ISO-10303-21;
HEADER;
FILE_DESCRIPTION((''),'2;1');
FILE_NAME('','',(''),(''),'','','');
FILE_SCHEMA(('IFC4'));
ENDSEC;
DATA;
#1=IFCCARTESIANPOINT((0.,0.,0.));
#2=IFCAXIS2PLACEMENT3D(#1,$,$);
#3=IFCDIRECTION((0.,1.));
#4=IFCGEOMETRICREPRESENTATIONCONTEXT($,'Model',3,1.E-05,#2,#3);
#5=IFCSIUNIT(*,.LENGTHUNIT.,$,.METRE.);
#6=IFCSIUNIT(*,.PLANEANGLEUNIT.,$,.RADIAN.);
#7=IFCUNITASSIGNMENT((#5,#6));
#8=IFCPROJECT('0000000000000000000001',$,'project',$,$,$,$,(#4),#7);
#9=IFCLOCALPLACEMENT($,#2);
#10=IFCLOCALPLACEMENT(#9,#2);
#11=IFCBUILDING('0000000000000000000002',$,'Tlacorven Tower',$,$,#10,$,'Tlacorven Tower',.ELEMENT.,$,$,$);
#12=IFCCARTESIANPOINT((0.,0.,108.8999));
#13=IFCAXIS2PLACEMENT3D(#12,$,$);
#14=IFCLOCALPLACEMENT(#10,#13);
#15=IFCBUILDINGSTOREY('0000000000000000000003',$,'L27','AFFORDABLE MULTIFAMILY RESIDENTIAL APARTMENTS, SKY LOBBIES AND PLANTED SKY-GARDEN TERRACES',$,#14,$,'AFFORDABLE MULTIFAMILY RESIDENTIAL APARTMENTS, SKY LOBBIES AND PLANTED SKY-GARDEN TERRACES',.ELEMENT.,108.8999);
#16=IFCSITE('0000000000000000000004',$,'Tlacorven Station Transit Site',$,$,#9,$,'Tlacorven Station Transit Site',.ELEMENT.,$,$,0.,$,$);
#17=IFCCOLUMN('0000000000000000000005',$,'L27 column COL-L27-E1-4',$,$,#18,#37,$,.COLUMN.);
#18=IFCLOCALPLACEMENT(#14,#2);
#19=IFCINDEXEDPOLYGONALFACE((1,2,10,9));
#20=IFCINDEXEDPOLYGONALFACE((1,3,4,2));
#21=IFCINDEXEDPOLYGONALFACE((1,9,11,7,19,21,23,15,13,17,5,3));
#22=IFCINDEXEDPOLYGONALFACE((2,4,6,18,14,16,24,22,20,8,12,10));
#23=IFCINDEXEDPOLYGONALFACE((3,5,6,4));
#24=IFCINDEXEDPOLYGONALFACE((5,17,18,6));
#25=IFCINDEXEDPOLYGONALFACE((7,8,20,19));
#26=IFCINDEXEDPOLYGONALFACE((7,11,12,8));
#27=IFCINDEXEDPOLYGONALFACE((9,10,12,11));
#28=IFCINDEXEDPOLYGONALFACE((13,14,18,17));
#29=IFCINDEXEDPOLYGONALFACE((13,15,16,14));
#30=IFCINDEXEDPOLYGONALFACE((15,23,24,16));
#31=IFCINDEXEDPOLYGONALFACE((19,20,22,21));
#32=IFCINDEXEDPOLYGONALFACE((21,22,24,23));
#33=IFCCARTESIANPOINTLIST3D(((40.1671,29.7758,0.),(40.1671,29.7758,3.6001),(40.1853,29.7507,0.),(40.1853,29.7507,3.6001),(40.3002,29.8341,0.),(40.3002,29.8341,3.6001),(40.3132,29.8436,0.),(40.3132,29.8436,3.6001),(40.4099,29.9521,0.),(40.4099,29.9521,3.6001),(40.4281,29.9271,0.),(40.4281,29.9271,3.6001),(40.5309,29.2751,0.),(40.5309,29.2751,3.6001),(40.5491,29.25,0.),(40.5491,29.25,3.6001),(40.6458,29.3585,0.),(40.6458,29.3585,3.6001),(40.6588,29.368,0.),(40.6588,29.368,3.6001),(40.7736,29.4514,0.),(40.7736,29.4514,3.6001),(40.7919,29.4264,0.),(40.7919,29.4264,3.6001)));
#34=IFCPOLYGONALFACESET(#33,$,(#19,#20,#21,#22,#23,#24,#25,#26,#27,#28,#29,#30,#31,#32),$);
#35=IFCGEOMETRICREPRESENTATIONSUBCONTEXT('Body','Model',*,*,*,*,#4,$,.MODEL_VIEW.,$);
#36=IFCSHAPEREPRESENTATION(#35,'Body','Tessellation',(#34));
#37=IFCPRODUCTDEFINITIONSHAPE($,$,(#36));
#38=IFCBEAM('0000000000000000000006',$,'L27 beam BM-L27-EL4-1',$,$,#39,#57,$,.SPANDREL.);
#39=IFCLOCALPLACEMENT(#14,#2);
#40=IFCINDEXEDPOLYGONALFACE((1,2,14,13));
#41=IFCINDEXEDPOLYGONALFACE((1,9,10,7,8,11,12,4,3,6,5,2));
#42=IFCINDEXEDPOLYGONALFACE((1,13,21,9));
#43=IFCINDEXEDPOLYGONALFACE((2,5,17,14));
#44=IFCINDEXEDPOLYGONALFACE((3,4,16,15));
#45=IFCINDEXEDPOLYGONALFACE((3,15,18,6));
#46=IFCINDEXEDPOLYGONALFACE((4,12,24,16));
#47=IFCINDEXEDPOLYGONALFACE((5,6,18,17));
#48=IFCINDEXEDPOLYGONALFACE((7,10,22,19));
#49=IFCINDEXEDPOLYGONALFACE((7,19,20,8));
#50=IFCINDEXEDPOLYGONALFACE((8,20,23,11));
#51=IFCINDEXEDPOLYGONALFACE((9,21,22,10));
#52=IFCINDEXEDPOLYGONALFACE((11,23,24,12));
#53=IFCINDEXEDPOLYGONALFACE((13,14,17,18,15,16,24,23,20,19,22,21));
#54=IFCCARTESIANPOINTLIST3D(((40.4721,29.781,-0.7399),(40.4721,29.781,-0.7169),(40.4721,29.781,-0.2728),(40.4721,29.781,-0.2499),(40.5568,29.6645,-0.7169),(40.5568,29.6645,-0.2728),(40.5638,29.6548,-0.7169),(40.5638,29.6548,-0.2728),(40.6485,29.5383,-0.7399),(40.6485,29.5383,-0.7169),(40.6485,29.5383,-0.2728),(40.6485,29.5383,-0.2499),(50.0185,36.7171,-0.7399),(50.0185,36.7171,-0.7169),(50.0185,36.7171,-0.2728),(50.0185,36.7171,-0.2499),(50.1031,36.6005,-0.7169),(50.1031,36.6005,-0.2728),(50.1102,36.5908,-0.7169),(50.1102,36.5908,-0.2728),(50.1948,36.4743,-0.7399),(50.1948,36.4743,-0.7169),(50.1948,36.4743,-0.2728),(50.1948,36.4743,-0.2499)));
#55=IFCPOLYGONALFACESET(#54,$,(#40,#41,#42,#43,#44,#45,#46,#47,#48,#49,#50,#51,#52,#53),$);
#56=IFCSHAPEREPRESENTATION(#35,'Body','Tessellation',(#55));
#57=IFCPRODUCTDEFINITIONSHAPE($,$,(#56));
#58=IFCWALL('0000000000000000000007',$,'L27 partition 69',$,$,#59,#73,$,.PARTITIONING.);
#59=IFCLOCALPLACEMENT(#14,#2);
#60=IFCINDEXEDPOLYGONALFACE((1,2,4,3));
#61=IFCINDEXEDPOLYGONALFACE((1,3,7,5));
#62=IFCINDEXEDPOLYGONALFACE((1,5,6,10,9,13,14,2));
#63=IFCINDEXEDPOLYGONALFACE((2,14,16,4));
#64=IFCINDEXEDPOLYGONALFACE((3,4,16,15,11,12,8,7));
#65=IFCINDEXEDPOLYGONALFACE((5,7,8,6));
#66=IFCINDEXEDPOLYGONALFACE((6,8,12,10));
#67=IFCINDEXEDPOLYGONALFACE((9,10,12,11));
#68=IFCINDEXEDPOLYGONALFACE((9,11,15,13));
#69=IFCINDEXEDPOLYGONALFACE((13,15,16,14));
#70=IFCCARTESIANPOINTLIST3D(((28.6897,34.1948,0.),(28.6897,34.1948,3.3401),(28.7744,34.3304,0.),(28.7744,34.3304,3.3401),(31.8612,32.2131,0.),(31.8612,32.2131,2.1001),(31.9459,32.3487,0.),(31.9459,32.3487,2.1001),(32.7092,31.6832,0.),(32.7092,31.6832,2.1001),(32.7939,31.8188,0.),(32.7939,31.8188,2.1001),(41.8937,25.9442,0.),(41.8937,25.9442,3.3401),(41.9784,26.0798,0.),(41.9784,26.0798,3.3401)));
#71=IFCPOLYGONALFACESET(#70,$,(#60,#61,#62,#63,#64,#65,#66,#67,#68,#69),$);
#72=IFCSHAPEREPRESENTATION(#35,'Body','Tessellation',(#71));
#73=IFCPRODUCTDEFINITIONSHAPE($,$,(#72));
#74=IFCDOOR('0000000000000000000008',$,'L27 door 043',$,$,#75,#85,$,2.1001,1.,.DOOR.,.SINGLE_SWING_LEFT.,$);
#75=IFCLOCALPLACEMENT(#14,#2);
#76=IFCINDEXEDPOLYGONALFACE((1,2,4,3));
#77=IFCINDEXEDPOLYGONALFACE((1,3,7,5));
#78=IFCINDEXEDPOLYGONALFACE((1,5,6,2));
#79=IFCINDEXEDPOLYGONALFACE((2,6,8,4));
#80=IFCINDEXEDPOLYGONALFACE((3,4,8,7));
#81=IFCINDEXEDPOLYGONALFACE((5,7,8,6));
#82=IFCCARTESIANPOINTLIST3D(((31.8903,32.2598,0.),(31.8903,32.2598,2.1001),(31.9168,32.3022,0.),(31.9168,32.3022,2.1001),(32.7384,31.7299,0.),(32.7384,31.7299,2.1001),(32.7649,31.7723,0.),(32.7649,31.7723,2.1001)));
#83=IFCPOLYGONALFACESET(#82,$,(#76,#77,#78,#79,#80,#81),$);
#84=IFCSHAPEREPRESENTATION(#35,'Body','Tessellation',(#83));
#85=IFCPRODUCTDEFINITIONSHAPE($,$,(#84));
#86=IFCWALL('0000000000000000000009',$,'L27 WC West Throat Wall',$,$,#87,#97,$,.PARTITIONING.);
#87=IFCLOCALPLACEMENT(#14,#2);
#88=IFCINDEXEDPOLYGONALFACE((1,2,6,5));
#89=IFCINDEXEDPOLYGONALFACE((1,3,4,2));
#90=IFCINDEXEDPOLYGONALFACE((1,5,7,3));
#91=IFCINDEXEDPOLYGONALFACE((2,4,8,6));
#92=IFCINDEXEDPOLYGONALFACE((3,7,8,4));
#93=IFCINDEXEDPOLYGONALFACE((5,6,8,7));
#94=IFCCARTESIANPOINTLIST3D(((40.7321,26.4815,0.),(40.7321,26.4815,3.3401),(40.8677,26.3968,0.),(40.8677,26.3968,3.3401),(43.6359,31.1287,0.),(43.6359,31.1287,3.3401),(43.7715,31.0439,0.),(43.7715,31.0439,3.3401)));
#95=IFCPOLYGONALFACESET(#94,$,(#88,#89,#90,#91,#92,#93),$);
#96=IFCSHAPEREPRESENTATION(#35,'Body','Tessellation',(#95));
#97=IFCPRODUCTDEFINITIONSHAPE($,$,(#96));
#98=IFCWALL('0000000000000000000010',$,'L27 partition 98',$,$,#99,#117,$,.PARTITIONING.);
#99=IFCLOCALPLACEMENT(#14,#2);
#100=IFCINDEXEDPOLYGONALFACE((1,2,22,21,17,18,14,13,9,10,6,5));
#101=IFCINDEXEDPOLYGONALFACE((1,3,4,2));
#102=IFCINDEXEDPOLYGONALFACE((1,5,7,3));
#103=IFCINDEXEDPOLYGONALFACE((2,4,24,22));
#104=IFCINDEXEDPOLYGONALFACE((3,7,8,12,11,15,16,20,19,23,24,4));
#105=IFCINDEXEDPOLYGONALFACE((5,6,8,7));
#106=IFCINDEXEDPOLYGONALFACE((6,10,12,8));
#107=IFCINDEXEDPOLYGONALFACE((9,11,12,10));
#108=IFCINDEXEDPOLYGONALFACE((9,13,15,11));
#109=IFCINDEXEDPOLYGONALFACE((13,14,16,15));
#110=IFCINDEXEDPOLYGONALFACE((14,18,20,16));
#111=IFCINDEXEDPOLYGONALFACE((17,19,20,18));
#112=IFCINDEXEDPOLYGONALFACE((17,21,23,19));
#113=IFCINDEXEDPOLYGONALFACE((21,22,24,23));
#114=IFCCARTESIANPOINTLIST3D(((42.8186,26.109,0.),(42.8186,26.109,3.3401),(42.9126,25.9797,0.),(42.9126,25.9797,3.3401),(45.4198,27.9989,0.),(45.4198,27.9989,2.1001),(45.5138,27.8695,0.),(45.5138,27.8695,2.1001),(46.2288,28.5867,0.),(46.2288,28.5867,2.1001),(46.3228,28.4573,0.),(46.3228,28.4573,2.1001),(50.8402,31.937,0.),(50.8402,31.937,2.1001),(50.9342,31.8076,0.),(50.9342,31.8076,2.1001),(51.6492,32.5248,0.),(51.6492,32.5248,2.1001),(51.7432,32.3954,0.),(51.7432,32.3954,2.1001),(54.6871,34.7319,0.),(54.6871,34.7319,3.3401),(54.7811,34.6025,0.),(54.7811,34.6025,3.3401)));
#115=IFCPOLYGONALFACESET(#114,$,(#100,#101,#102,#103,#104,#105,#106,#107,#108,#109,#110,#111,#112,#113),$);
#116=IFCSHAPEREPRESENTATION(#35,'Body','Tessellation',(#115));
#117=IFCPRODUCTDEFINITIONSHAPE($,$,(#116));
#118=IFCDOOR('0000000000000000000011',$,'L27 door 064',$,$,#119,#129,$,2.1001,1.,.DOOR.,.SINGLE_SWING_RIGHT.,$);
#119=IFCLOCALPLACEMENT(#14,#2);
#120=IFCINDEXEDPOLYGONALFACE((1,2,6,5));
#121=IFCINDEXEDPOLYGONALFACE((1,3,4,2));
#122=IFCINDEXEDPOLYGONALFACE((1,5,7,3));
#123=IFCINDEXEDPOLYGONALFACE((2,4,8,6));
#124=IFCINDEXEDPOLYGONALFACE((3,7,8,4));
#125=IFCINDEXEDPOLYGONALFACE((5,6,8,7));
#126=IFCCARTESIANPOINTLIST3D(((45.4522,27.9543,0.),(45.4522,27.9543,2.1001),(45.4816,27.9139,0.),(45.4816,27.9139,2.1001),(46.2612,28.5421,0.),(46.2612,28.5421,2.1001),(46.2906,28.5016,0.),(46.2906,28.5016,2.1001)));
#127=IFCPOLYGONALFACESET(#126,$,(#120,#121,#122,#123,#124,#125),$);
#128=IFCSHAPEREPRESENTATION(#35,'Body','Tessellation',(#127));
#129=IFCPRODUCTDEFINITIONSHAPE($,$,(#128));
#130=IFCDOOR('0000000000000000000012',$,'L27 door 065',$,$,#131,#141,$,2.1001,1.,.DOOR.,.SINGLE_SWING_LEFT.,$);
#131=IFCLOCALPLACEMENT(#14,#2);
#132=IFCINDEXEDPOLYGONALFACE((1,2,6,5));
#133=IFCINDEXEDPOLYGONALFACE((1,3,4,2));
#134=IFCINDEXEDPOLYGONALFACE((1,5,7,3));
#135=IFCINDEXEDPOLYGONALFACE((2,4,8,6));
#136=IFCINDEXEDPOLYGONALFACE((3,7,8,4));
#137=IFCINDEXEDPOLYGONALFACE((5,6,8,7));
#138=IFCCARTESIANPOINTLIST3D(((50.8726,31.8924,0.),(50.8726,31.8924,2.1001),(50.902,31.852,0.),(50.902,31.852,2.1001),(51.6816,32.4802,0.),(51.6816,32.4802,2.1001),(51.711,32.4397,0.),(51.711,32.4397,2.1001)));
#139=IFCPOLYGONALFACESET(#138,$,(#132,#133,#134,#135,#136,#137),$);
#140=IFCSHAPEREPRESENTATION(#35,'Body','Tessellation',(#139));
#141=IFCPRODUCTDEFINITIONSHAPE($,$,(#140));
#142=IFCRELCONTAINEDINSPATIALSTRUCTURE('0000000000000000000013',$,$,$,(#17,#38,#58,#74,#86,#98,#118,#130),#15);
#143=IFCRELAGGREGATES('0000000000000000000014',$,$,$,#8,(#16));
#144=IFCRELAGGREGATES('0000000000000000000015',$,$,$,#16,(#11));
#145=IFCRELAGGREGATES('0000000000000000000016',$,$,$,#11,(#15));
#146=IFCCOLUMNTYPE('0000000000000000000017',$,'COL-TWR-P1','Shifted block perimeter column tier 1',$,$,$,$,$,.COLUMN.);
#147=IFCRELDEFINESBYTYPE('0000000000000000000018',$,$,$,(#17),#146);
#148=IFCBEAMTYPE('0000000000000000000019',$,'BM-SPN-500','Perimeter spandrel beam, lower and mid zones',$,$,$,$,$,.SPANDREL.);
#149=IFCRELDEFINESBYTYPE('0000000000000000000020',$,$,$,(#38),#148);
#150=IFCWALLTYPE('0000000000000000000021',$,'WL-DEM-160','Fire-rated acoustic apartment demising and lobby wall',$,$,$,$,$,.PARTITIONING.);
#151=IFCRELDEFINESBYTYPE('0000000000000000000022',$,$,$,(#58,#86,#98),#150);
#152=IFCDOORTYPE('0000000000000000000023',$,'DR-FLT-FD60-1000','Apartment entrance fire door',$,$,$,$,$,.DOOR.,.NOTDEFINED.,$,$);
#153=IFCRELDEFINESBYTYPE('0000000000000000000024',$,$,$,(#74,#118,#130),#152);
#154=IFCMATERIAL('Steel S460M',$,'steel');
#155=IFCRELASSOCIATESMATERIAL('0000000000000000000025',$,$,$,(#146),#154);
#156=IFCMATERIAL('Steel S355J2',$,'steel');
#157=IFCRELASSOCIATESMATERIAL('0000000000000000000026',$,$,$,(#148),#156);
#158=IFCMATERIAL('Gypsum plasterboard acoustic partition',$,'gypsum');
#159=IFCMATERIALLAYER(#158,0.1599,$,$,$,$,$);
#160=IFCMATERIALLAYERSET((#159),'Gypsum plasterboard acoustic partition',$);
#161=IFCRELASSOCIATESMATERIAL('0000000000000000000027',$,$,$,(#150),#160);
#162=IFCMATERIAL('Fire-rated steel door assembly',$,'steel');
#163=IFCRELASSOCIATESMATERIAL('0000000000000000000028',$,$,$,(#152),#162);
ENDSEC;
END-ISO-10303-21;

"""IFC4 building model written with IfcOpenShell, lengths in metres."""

from ifc_helpers import new_model, si_unit, direction, frame, frame_2d, origin, origin_2d, place, context, subcontext, project, spatial, rectangle, i_section, extrude, source, transform, mapped, material, layer, layer_set, material_profile, profile_set, type_object, element, fill, save


model = new_model("IFC4")

# Units and contexts
model_context = context("Model", 3, precision=1e-05, world=origin(), true_north=direction((0.0, 1.0)))
body_context = subcontext(model_context, "Body", "Model", "MODEL_VIEW")
ifc_project = project(units=[si_unit("LENGTHUNIT", "METRE"), si_unit("PLANEANGLEUNIT", "RADIAN")], contexts=[model_context])

# Site, building, storey
site_placement = place(None, origin())
site = spatial("IfcSite", under=ifc_project, at=site_placement, Name="Tlacorven Station Transit Site", LongName="Tlacorven Station Transit Site", CompositionType="ELEMENT", RefElevation=0.0)
building_placement = place(site_placement, origin())
building = spatial("IfcBuilding", under=site, at=building_placement, Name="Tlacorven Tower", LongName="Tlacorven Tower", CompositionType="ELEMENT")
storey_placement = place(building_placement, frame((0.0, 0.0, 108.8999)))
storey = spatial("IfcBuildingStorey", under=building, at=storey_placement, Name="L27", Description="AFFORDABLE MULTIFAMILY RESIDENTIAL APARTMENTS, SKY LOBBIES AND PLANTED SKY-GARDEN TERRACES", LongName="AFFORDABLE MULTIFAMILY RESIDENTIAL APARTMENTS, SKY LOBBIES AND PLANTED SKY-GARDEN TERRACES", CompositionType="ELEMENT", Elevation=108.8999)

# Column
ifc_material_1 = material(Name="Steel S460M", Category="steel")
ifc_material_profile_1 = material_profile(ifc_material_1, i_section(OverallWidth=0.3, OverallDepth=0.6499, WebThickness=0.0161, FlangeThickness=0.031, at=origin_2d()), Name="HEB 650")
ifc_profile_set_1 = profile_set([ifc_material_profile_1], Name="Steel S460M")
column_type = type_object("IfcColumnType", Name="COL-TWR-P1", Description="Shifted block perimeter column tier 1", PredefinedType="COLUMN", material=ifc_profile_set_1)
shared_shape_1 = source(origin(), body_context, "Body", "SweptSolid", [
    extrude(i_section(OverallWidth=0.3, OverallDepth=0.6499, WebThickness=0.0161, FlangeThickness=0.031, at=origin_2d()), origin(), (0.0, 0.0, 1.0), 3.6001),
])
column_placement = place(storey_placement, frame((40.4795, 29.6011, 0.0), z_axis=(0.0, 0.0, 1.0), x_axis=(0.809017, 0.587785, 0.0)))
element("IfcColumn", 1, at=column_placement, inside=storey, type_object=column_type, Name="L27 column COL-L27-E1-4", PredefinedType="COLUMN", context=body_context, shape_type="MappedRepresentation", body=[
    mapped(shared_shape_1, transform((0.0, 0.0, 0.0), scale=1.0)),
])

# Beam
ifc_material_2 = material(Name="Steel S355J2", Category="steel")
ifc_material_profile_2 = material_profile(ifc_material_2, i_section(OverallWidth=0.3, OverallDepth=0.49, WebThickness=0.012, FlangeThickness=0.0229, at=origin_2d()), Name="HEA 500")
ifc_profile_set_2 = profile_set([ifc_material_profile_2], Name="Steel S355J2")
beam_type = type_object("IfcBeamType", Name="BM-SPN-500", Description="Perimeter spandrel beam, lower and mid zones", PredefinedType="SPANDREL", material=ifc_profile_set_2)
shared_shape_2 = source(origin(), body_context, "Body", "SweptSolid", [
    extrude(i_section(OverallWidth=0.3, OverallDepth=0.49, WebThickness=0.012, FlangeThickness=0.0229, at=origin_2d()), origin(), (0.0, 0.0, 1.0), 11.8),
])
beam_placement = place(storey_placement, frame((40.5603, 29.6597, -0.4949), z_axis=(0.80901, 0.587795, 0.0), x_axis=(-0.587795, 0.80901, 0.0)))
element("IfcBeam", 2, at=beam_placement, inside=storey, type_object=beam_type, Name="L27 beam BM-L27-EL4-1", PredefinedType="SPANDREL", context=body_context, shape_type="MappedRepresentation", body=[
    mapped(shared_shape_2, transform((0.0, 0.0, 0.0), scale=1.0)),
])

# Wall, opening, door
ifc_material_3 = material(Name="Gypsum plasterboard acoustic partition", Category="gypsum")
ifc_layer_1 = layer(ifc_material_3, 0.1599)
ifc_layer_set_1 = layer_set([ifc_layer_1], Name="Gypsum plasterboard acoustic partition")
wall_type_1 = type_object("IfcWallType", Name="WL-DEM-160", Description="Fire-rated acoustic apartment demising and lobby wall", PredefinedType="PARTITIONING", material=ifc_layer_set_1)
wall_1_placement = place(storey_placement, frame((41.936, 26.012, 0.0), z_axis=(0.0, 0.0, 1.0), x_axis=(-0.848051, 0.529914, 0.0)))
wall_1 = element("IfcWall", 3, at=wall_1_placement, inside=storey, type_object=wall_type_1, Name="L27 partition 69", PredefinedType="PARTITIONING", context=body_context, shape_type="SweptSolid", body=[
    extrude(rectangle(XDim=15.5698, YDim=0.1599, at=frame_2d((7.7849, 0.0))), origin(), (0.0, 0.0, 1.0), 3.3401),
])
opening_1_placement = place(wall_1_placement, frame((10.8301, 0.0, 0.0)))
opening_1 = element("IfcOpeningElement", 4, at=opening_1_placement, cuts=wall_1, PredefinedType="OPENING", context=body_context, shape_type="SweptSolid", body=[
    extrude(rectangle(XDim=1.0, YDim=2.1001, at=frame_2d((0.5, 1.05))), frame((0.0, 0.0898, 0.0), z_axis=(0.0, -1.0, 0.0), x_axis=(1.0, 0.0, 0.0)), (0.0, 0.0, 1.0), 0.1799),
])
ifc_material_4 = material(Name="Fire-rated steel door assembly", Category="steel")
door_type_1 = type_object("IfcDoorType", Name="DR-FLT-FD60-1000", Description="Apartment entrance fire door", OperationType="NOTDEFINED", PredefinedType="DOOR", material=ifc_material_4)
shared_shape_3 = source(origin(), body_context, "Body", "SweptSolid", [
    extrude(rectangle(XDim=1.0, YDim=2.1001, at=frame_2d((0.5, 1.05))), frame((0.0, 0.0249, 0.0), z_axis=(0.0, -1.0, 0.0), x_axis=(1.0, 0.0, 0.0)), (0.0, 0.0, 1.0), 0.05),
])
door_1_placement = place(opening_1_placement, origin())
door_1 = element("IfcDoor", 5, at=door_1_placement, inside=storey, type_object=door_type_1, Name="L27 door 043", OperationType="SINGLE_SWING_LEFT", OverallHeight=2.1001, OverallWidth=1.0, PredefinedType="DOOR", context=body_context, shape_type="MappedRepresentation", body=[
    mapped(shared_shape_3, transform((0.0, 0.0, 0.0), scale=1.0)),
])
fill(opening_1, door_1)

# Wall
wall_2_placement = place(storey_placement, frame((43.7036, 31.0862, 0.0), z_axis=(0.0, 0.0, 1.0), x_axis=(-0.529907, -0.848056, 0.0)))
element("IfcWall", 6, at=wall_2_placement, inside=storey, type_object=wall_type_1, Name="L27 WC West Throat Wall", PredefinedType="PARTITIONING", context=body_context, shape_type="SweptSolid", body=[
    extrude(rectangle(XDim=5.4797, YDim=0.1599, at=frame_2d((2.7397, 0.0))), origin(), (0.0, 0.0, 1.0), 3.3401),
])

# Wall, openings, doors
wall_3_placement = place(storey_placement, frame((42.8657, 26.0444, 0.0), z_axis=(0.0, 0.0, 1.0), x_axis=(0.80902, 0.587781, 0.0)))
wall_3 = element("IfcWall", 7, at=wall_3_placement, inside=storey, type_object=wall_type_1, Name="L27 partition 98", PredefinedType="PARTITIONING", context=body_context, shape_type="SweptSolid", body=[
    extrude(rectangle(XDim=14.6702, YDim=0.1599, at=frame_2d((7.335, 0.0))), origin(), (0.0, 0.0, 1.0), 3.3401),
])
opening_2_placement = place(wall_3_placement, frame((3.2151, 0.0, 0.0)))
opening_2 = element("IfcOpeningElement", 8, at=opening_2_placement, cuts=wall_3, PredefinedType="OPENING", context=body_context, shape_type="SweptSolid", body=[
    extrude(rectangle(XDim=1.0, YDim=2.1001, at=frame_2d((0.5, 1.05))), frame((0.0, 0.0898, 0.0), z_axis=(0.0, -1.0, 0.0), x_axis=(1.0, 0.0, 0.0)), (0.0, 0.0, 1.0), 0.1799),
])
opening_3_placement = place(wall_3_placement, frame((9.915, 0.0, 0.0)))
opening_3 = element("IfcOpeningElement", 9, at=opening_3_placement, cuts=wall_3, PredefinedType="OPENING", context=body_context, shape_type="SweptSolid", body=[
    extrude(rectangle(XDim=1.0, YDim=2.1001, at=frame_2d((0.5, 1.05))), frame((0.0, 0.0898, 0.0), z_axis=(0.0, -1.0, 0.0), x_axis=(1.0, 0.0, 0.0)), (0.0, 0.0, 1.0), 0.1799),
])
door_2_placement = place(opening_2_placement, origin())
door_2 = element("IfcDoor", 10, at=door_2_placement, inside=storey, type_object=door_type_1, Name="L27 door 064", OperationType="SINGLE_SWING_RIGHT", OverallHeight=2.1001, OverallWidth=1.0, PredefinedType="DOOR", context=body_context, shape_type="MappedRepresentation", body=[
    mapped(shared_shape_3, transform((0.0, 0.0, 0.0), scale=1.0)),
])
fill(opening_2, door_2)
door_3_placement = place(opening_3_placement, origin())
door_3 = element("IfcDoor", 11, at=door_3_placement, inside=storey, type_object=door_type_1, Name="L27 door 065", OperationType="SINGLE_SWING_LEFT", OverallHeight=2.1001, OverallWidth=1.0, PredefinedType="DOOR", context=body_context, shape_type="MappedRepresentation", body=[
    mapped(shared_shape_3, transform((0.0, 0.0, 0.0), scale=1.0)),
])
fill(opening_3, door_3)

save(model, "model.ifc")
